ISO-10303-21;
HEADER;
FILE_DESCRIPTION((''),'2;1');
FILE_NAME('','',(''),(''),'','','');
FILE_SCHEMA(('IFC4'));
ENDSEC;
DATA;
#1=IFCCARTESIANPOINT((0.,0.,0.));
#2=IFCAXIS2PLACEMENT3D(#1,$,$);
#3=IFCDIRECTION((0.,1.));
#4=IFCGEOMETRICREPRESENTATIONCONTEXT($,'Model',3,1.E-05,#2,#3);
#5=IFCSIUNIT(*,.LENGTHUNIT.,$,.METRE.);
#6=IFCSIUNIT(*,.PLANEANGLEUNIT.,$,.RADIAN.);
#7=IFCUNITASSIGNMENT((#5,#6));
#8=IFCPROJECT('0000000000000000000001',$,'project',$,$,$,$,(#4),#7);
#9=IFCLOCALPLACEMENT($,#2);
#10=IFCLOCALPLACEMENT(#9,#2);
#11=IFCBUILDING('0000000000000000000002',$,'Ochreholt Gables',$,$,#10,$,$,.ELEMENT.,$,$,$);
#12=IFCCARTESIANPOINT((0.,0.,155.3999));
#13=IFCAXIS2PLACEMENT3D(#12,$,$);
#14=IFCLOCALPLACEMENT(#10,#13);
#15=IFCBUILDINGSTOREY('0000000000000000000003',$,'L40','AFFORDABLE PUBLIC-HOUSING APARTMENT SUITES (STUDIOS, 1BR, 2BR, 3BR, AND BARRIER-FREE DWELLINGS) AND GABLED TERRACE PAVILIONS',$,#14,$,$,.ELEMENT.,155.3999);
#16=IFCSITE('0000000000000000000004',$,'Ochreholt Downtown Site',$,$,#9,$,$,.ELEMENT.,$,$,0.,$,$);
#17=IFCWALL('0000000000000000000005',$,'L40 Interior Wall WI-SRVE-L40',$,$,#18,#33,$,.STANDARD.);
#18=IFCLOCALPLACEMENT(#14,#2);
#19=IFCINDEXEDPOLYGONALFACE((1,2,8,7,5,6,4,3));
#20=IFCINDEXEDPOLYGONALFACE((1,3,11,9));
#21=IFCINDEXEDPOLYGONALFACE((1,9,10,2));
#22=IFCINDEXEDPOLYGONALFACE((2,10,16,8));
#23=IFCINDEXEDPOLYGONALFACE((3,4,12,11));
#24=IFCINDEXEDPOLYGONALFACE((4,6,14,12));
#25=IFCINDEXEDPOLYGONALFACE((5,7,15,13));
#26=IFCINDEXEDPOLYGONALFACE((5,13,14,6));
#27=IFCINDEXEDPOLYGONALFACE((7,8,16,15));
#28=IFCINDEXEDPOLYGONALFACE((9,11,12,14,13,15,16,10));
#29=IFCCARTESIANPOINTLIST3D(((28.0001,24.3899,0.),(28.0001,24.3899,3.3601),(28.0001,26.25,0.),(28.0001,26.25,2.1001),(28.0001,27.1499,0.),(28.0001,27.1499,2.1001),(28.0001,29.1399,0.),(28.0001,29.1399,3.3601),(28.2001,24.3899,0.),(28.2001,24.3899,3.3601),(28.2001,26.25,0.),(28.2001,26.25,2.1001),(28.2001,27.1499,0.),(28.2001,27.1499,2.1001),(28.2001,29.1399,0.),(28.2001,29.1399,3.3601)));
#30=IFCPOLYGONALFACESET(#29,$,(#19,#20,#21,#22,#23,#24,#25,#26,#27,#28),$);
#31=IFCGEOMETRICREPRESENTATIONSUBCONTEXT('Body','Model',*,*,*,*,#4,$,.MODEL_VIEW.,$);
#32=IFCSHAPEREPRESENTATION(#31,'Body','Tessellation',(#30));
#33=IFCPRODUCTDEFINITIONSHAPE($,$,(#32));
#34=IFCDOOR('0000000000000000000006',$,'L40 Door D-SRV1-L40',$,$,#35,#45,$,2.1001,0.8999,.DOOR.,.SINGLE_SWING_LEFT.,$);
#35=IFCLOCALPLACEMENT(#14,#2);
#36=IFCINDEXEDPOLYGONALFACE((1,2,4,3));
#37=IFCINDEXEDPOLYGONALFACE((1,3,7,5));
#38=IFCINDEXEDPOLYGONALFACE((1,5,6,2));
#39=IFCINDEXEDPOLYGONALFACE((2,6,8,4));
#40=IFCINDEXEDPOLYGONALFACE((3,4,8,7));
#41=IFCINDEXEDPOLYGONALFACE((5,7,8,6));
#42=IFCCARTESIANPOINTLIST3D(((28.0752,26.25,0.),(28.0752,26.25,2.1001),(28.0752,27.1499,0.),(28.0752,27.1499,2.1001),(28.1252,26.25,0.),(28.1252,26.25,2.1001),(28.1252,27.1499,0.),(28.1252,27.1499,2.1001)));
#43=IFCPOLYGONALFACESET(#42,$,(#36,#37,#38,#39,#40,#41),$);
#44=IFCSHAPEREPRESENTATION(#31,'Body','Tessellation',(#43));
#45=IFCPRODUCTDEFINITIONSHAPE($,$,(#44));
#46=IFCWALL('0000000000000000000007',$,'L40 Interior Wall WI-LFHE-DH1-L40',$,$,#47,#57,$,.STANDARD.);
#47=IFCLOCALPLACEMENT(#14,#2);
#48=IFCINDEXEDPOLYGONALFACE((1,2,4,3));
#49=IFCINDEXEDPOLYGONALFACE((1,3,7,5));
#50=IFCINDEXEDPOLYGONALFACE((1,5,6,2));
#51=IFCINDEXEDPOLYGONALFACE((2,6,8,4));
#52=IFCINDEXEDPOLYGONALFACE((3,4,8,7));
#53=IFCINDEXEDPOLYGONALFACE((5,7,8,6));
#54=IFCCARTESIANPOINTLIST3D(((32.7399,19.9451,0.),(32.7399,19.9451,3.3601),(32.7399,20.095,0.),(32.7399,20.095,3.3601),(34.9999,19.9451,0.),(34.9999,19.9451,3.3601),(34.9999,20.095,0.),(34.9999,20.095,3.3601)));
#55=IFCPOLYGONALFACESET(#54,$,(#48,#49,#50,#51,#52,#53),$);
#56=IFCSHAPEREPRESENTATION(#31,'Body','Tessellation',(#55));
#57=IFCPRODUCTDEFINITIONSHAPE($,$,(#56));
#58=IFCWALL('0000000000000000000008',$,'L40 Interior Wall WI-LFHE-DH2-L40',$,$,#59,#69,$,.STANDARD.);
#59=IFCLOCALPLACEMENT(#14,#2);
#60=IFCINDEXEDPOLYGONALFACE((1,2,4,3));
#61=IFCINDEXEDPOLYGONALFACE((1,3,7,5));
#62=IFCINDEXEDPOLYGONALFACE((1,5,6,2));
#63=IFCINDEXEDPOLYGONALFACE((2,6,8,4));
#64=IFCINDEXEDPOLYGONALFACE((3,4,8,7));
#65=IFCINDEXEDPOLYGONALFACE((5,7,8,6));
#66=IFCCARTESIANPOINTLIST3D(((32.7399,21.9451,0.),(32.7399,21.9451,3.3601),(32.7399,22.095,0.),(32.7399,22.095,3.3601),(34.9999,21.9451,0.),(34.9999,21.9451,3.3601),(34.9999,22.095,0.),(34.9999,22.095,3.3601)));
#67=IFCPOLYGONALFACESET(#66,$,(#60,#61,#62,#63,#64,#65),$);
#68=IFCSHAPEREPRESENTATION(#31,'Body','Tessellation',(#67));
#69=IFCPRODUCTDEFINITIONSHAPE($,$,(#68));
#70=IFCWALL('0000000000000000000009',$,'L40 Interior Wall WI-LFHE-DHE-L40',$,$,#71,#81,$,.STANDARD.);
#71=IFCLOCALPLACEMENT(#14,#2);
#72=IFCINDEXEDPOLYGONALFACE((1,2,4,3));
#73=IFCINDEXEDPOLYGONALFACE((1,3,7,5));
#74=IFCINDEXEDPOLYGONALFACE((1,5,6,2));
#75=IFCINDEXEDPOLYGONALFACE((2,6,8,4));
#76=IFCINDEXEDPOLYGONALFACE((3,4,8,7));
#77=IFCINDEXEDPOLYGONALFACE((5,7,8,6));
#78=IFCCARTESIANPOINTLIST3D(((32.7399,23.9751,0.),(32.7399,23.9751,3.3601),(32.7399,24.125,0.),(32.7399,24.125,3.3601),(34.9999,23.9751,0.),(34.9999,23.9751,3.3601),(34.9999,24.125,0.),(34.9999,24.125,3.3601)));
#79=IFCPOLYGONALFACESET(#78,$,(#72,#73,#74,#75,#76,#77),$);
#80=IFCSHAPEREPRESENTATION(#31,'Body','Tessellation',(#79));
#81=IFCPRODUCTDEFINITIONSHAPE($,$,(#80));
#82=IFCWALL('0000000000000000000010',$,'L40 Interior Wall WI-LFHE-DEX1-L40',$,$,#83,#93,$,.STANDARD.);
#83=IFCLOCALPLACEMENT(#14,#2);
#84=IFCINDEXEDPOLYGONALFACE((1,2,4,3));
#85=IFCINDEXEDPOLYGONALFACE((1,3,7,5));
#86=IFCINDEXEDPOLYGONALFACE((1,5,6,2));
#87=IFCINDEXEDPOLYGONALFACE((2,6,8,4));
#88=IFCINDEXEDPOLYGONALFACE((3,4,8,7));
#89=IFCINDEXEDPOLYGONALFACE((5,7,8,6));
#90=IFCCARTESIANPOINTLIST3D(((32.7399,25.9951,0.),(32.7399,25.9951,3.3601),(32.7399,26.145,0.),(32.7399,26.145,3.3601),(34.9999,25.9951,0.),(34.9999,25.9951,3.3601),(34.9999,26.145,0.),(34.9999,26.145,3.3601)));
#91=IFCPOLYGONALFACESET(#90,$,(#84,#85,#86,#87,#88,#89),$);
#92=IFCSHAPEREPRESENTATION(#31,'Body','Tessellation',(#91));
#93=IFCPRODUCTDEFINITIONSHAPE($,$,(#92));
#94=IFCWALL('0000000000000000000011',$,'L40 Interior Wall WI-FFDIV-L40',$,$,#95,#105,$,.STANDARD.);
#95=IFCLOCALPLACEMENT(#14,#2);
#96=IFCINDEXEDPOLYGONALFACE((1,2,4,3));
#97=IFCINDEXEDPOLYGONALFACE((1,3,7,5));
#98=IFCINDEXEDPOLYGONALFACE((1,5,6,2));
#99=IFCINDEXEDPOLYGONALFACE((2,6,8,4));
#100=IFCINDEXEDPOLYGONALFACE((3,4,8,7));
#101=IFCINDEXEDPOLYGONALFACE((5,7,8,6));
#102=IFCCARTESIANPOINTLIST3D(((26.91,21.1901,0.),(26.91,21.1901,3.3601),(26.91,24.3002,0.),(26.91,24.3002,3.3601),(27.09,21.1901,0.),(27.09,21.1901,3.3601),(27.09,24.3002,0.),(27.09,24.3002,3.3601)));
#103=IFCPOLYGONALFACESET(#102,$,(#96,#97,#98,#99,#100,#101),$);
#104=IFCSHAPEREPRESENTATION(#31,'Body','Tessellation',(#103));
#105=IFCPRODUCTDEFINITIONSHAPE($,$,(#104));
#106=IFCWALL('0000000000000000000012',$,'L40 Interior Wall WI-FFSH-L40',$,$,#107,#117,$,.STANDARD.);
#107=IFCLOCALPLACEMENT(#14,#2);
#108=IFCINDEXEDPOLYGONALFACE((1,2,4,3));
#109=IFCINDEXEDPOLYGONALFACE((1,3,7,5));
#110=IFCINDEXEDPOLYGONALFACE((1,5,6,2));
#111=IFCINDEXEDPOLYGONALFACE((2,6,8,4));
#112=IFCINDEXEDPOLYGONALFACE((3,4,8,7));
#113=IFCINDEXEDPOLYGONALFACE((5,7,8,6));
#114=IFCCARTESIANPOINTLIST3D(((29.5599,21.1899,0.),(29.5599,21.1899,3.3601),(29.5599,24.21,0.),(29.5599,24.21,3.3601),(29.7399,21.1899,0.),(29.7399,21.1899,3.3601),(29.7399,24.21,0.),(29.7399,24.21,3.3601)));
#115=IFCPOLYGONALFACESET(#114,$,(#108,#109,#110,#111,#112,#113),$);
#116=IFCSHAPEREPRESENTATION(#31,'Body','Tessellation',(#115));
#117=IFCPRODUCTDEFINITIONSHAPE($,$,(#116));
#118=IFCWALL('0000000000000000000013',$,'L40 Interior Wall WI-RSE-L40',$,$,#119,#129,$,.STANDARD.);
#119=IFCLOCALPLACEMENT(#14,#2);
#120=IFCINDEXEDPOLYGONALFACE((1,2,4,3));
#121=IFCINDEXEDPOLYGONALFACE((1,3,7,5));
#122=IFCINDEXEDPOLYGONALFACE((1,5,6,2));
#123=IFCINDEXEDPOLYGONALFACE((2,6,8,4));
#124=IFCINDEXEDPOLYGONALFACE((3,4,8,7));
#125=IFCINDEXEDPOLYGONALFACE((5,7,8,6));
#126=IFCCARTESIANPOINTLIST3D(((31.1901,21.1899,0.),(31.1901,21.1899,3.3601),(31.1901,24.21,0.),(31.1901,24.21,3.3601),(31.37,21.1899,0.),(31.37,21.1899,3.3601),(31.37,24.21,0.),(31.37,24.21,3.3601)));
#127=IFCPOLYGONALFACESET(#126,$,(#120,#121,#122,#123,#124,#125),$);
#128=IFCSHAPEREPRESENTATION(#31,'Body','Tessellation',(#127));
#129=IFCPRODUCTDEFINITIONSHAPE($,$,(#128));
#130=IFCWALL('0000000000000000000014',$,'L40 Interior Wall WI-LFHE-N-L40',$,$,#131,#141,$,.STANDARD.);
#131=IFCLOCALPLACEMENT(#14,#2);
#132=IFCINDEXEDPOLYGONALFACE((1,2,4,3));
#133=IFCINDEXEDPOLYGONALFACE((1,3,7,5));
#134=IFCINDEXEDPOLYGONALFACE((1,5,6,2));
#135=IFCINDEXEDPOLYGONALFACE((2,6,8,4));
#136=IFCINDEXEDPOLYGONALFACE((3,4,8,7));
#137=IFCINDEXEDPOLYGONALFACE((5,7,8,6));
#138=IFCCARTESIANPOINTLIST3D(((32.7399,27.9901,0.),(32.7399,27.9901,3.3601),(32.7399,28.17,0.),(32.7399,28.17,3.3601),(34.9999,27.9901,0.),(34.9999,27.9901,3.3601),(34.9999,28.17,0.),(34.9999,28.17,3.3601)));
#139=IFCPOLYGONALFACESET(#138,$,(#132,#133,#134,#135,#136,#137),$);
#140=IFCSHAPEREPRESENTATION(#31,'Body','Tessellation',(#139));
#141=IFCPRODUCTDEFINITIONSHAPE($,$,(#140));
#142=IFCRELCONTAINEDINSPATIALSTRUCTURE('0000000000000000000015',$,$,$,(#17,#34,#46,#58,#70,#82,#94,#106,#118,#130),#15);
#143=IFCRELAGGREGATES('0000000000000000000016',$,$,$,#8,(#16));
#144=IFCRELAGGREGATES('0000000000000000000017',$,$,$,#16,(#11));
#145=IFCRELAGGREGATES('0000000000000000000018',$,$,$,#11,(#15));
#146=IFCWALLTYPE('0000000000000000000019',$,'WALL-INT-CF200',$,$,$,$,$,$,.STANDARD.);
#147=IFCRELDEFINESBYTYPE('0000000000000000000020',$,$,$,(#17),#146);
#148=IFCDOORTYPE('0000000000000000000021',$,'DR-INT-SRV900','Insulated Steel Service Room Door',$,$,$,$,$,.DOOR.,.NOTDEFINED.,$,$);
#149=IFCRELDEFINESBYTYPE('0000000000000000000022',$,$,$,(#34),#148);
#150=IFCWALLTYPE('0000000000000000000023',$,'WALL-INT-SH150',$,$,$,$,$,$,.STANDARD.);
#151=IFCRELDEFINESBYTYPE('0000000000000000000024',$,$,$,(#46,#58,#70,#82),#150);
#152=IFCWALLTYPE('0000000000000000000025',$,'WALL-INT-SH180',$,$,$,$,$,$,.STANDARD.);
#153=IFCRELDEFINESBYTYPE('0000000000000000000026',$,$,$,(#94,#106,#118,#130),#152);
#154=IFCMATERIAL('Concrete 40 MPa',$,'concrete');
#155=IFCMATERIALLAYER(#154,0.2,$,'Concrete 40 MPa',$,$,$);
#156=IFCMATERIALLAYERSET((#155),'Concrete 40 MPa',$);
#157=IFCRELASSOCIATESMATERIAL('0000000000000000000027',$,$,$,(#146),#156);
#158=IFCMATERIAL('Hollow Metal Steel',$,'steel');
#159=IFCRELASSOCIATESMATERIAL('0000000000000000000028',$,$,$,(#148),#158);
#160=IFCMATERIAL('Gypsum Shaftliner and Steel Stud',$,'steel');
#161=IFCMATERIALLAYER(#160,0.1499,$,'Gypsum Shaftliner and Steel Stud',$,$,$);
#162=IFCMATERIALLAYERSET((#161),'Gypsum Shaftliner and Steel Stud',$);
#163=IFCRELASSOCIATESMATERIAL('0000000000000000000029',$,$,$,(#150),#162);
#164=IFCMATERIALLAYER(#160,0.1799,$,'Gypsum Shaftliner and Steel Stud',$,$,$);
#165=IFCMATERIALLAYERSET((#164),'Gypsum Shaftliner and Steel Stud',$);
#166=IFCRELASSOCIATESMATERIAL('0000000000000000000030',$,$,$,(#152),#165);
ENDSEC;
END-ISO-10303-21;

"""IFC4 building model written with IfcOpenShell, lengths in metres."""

from ifc_helpers import new_model, si_unit, direction, frame, frame_2d, origin, place, context, subcontext, project, spatial, rectangle, extrude, material, layer, layer_set, type_object, element, fill, save


model = new_model("IFC4")

# Units and contexts
model_context = context("Model", 3, precision=1e-05, world=origin(), true_north=direction((0.0, 1.0)))
body_context = subcontext(model_context, "Body", "Model", "MODEL_VIEW")
ifc_project = project(units=[si_unit("LENGTHUNIT", "METRE"), si_unit("PLANEANGLEUNIT", "RADIAN")], contexts=[model_context])

# Site, building, storey
site_placement = place(None, origin())
site = spatial("IfcSite", under=ifc_project, at=site_placement, Name="Ochreholt Downtown Site", CompositionType="ELEMENT", RefElevation=0.0)
building_placement = place(site_placement, origin())
building = spatial("IfcBuilding", under=site, at=building_placement, Name="Ochreholt Gables", CompositionType="ELEMENT")
storey_placement = place(building_placement, frame((0.0, 0.0, 155.3999)))
storey = spatial("IfcBuildingStorey", under=building, at=storey_placement, Name="L40", Description="AFFORDABLE PUBLIC-HOUSING APARTMENT SUITES (STUDIOS, 1BR, 2BR, 3BR, AND BARRIER-FREE DWELLINGS) AND GABLED TERRACE PAVILIONS", CompositionType="ELEMENT", Elevation=155.3999)

# Wall, opening, door
ifc_material_1 = material(Name="Concrete 40 MPa", Category="concrete")
ifc_layer_1 = layer(ifc_material_1, 0.2, Name="Concrete 40 MPa")
ifc_layer_set_1 = layer_set([ifc_layer_1], Name="Concrete 40 MPa")
wall_type_1 = type_object("IfcWallType", Name="WALL-INT-CF200", PredefinedType="STANDARD", material=ifc_layer_set_1)
wall_1_placement = place(storey_placement, frame((28.1001, 24.3899, 0.0), z_axis=(0.0, 0.0, 1.0), x_axis=(0.0, 1.0, 0.0)))
wall_1 = element("IfcWall", 1, at=wall_1_placement, inside=storey, type_object=wall_type_1, Name="L40 Interior Wall WI-SRVE-L40", PredefinedType="STANDARD", context=body_context, shape_type="SweptSolid", body=[
    extrude(rectangle(XDim=4.75, YDim=0.2, at=frame_2d((2.375, 0.0))), origin(), (0.0, 0.0, 1.0), 3.3601),
])
opening_1_placement = place(wall_1_placement, frame((1.8601, 0.0, 0.0)))
opening_1 = element("IfcOpeningElement", 2, at=opening_1_placement, cuts=wall_1, PredefinedType="OPENING", context=body_context, shape_type="SweptSolid", body=[
    extrude(rectangle(XDim=0.8999, YDim=2.1001, at=frame_2d((0.45, 1.05))), frame((0.0, 0.1099, 0.0), z_axis=(0.0, -1.0, 0.0), x_axis=(1.0, 0.0, 0.0)), (0.0, 0.0, 1.0), 0.22),
])
ifc_material_2 = material(Name="Hollow Metal Steel", Category="steel")
door_type_1 = type_object("IfcDoorType", Name="DR-INT-SRV900", Description="Insulated Steel Service Room Door", OperationType="NOTDEFINED", PredefinedType="DOOR", material=ifc_material_2)
door_1_placement = place(opening_1_placement, origin())
door_1 = element("IfcDoor", 3, at=door_1_placement, inside=storey, type_object=door_type_1, Name="L40 Door D-SRV1-L40", OperationType="SINGLE_SWING_LEFT", OverallHeight=2.1001, OverallWidth=0.8999, PredefinedType="DOOR", context=body_context, shape_type="SweptSolid", body=[
    extrude(rectangle(XDim=0.8999, YDim=2.1001, at=frame_2d((0.45, 1.05))), frame((0.0, 0.0249, 0.0), z_axis=(0.0, -1.0, 0.0), x_axis=(1.0, 0.0, 0.0)), (0.0, 0.0, 1.0), 0.05),
])
fill(opening_1, door_1)

# Walls
ifc_material_3 = material(Name="Gypsum Shaftliner and Steel Stud", Category="steel")
ifc_layer_2 = layer(ifc_material_3, 0.1499, Name="Gypsum Shaftliner and Steel Stud")
ifc_layer_set_2 = layer_set([ifc_layer_2], Name="Gypsum Shaftliner and Steel Stud")
wall_type_2 = type_object("IfcWallType", Name="WALL-INT-SH150", PredefinedType="STANDARD", material=ifc_layer_set_2)
for number, where, z_axis, x_axis, name in (
    (4, (32.74, 20.02, 0.0), (0.0, 0.0, 1.0), (1.0, 0.0, 0.0), "L40 Interior Wall WI-LFHE-DH1-L40"),
    (5, (32.74, 22.02, 0.0), (0.0, 0.0, 1.0), (1.0, 0.0, 0.0), "L40 Interior Wall WI-LFHE-DH2-L40"),
    (6, (32.74, 24.05, 0.0), (0.0, 0.0, 1.0), (1.0, 0.0, 0.0), "L40 Interior Wall WI-LFHE-DHE-L40"),
    (7, (32.74, 26.0701, 0.0), (0.0, 0.0, 1.0), (1.0, 0.0, 0.0), "L40 Interior Wall WI-LFHE-DEX1-L40"),
):
    element("IfcWall", number, at=place(storey_placement, frame(where, z_axis=z_axis, x_axis=x_axis)), inside=storey, type_object=wall_type_2, Name=name, PredefinedType="STANDARD", context=body_context, shape_type="SweptSolid", body=[
        extrude(rectangle(XDim=2.26, YDim=0.1499, at=frame_2d((1.1299, 0.0))), origin(), (0.0, 0.0, 1.0), 3.3601),
    ])
ifc_layer_3 = layer(ifc_material_3, 0.1799, Name="Gypsum Shaftliner and Steel Stud")
ifc_layer_set_3 = layer_set([ifc_layer_3], Name="Gypsum Shaftliner and Steel Stud")
wall_type_3 = type_object("IfcWallType", Name="WALL-INT-SH180", PredefinedType="STANDARD", material=ifc_layer_set_3)
wall_2_placement = place(storey_placement, frame((27.0, 21.1899, 0.0), z_axis=(0.0, 0.0, 1.0), x_axis=(0.0, 1.0, 0.0)))
element("IfcWall", 8, at=wall_2_placement, inside=storey, type_object=wall_type_3, Name="L40 Interior Wall WI-FFDIV-L40", PredefinedType="STANDARD", context=body_context, shape_type="SweptSolid", body=[
    extrude(rectangle(XDim=3.1101, YDim=0.1799, at=frame_2d((1.5552, 0.0))), origin(), (0.0, 0.0, 1.0), 3.3601),
])
for number, where, z_axis, x_axis, name in (
    (9, (29.6499, 21.1899, 0.0), (0.0, 0.0, 1.0), (0.0, 1.0, 0.0), "L40 Interior Wall WI-FFSH-L40"),
    (10, (31.28, 21.1899, 0.0), (0.0, 0.0, 1.0), (0.0, 1.0, 0.0), "L40 Interior Wall WI-RSE-L40"),
):
    element("IfcWall", number, at=place(storey_placement, frame(where, z_axis=z_axis, x_axis=x_axis)), inside=storey, type_object=wall_type_3, Name=name, PredefinedType="STANDARD", context=body_context, shape_type="SweptSolid", body=[
        extrude(rectangle(XDim=3.02, YDim=0.1799, at=frame_2d((1.51, 0.0))), origin(), (0.0, 0.0, 1.0), 3.3601),
    ])
wall_3_placement = place(storey_placement, frame((32.74, 28.0801, 0.0), z_axis=(0.0, 0.0, 1.0), x_axis=(1.0, 0.0, 0.0)))
element("IfcWall", 11, at=wall_3_placement, inside=storey, type_object=wall_type_3, Name="L40 Interior Wall WI-LFHE-N-L40", PredefinedType="STANDARD", context=body_context, shape_type="SweptSolid", body=[
    extrude(rectangle(XDim=2.26, YDim=0.1799, at=frame_2d((1.1299, 0.0))), origin(), (0.0, 0.0, 1.0), 3.3601),
])

save(model, "model.ifc")
